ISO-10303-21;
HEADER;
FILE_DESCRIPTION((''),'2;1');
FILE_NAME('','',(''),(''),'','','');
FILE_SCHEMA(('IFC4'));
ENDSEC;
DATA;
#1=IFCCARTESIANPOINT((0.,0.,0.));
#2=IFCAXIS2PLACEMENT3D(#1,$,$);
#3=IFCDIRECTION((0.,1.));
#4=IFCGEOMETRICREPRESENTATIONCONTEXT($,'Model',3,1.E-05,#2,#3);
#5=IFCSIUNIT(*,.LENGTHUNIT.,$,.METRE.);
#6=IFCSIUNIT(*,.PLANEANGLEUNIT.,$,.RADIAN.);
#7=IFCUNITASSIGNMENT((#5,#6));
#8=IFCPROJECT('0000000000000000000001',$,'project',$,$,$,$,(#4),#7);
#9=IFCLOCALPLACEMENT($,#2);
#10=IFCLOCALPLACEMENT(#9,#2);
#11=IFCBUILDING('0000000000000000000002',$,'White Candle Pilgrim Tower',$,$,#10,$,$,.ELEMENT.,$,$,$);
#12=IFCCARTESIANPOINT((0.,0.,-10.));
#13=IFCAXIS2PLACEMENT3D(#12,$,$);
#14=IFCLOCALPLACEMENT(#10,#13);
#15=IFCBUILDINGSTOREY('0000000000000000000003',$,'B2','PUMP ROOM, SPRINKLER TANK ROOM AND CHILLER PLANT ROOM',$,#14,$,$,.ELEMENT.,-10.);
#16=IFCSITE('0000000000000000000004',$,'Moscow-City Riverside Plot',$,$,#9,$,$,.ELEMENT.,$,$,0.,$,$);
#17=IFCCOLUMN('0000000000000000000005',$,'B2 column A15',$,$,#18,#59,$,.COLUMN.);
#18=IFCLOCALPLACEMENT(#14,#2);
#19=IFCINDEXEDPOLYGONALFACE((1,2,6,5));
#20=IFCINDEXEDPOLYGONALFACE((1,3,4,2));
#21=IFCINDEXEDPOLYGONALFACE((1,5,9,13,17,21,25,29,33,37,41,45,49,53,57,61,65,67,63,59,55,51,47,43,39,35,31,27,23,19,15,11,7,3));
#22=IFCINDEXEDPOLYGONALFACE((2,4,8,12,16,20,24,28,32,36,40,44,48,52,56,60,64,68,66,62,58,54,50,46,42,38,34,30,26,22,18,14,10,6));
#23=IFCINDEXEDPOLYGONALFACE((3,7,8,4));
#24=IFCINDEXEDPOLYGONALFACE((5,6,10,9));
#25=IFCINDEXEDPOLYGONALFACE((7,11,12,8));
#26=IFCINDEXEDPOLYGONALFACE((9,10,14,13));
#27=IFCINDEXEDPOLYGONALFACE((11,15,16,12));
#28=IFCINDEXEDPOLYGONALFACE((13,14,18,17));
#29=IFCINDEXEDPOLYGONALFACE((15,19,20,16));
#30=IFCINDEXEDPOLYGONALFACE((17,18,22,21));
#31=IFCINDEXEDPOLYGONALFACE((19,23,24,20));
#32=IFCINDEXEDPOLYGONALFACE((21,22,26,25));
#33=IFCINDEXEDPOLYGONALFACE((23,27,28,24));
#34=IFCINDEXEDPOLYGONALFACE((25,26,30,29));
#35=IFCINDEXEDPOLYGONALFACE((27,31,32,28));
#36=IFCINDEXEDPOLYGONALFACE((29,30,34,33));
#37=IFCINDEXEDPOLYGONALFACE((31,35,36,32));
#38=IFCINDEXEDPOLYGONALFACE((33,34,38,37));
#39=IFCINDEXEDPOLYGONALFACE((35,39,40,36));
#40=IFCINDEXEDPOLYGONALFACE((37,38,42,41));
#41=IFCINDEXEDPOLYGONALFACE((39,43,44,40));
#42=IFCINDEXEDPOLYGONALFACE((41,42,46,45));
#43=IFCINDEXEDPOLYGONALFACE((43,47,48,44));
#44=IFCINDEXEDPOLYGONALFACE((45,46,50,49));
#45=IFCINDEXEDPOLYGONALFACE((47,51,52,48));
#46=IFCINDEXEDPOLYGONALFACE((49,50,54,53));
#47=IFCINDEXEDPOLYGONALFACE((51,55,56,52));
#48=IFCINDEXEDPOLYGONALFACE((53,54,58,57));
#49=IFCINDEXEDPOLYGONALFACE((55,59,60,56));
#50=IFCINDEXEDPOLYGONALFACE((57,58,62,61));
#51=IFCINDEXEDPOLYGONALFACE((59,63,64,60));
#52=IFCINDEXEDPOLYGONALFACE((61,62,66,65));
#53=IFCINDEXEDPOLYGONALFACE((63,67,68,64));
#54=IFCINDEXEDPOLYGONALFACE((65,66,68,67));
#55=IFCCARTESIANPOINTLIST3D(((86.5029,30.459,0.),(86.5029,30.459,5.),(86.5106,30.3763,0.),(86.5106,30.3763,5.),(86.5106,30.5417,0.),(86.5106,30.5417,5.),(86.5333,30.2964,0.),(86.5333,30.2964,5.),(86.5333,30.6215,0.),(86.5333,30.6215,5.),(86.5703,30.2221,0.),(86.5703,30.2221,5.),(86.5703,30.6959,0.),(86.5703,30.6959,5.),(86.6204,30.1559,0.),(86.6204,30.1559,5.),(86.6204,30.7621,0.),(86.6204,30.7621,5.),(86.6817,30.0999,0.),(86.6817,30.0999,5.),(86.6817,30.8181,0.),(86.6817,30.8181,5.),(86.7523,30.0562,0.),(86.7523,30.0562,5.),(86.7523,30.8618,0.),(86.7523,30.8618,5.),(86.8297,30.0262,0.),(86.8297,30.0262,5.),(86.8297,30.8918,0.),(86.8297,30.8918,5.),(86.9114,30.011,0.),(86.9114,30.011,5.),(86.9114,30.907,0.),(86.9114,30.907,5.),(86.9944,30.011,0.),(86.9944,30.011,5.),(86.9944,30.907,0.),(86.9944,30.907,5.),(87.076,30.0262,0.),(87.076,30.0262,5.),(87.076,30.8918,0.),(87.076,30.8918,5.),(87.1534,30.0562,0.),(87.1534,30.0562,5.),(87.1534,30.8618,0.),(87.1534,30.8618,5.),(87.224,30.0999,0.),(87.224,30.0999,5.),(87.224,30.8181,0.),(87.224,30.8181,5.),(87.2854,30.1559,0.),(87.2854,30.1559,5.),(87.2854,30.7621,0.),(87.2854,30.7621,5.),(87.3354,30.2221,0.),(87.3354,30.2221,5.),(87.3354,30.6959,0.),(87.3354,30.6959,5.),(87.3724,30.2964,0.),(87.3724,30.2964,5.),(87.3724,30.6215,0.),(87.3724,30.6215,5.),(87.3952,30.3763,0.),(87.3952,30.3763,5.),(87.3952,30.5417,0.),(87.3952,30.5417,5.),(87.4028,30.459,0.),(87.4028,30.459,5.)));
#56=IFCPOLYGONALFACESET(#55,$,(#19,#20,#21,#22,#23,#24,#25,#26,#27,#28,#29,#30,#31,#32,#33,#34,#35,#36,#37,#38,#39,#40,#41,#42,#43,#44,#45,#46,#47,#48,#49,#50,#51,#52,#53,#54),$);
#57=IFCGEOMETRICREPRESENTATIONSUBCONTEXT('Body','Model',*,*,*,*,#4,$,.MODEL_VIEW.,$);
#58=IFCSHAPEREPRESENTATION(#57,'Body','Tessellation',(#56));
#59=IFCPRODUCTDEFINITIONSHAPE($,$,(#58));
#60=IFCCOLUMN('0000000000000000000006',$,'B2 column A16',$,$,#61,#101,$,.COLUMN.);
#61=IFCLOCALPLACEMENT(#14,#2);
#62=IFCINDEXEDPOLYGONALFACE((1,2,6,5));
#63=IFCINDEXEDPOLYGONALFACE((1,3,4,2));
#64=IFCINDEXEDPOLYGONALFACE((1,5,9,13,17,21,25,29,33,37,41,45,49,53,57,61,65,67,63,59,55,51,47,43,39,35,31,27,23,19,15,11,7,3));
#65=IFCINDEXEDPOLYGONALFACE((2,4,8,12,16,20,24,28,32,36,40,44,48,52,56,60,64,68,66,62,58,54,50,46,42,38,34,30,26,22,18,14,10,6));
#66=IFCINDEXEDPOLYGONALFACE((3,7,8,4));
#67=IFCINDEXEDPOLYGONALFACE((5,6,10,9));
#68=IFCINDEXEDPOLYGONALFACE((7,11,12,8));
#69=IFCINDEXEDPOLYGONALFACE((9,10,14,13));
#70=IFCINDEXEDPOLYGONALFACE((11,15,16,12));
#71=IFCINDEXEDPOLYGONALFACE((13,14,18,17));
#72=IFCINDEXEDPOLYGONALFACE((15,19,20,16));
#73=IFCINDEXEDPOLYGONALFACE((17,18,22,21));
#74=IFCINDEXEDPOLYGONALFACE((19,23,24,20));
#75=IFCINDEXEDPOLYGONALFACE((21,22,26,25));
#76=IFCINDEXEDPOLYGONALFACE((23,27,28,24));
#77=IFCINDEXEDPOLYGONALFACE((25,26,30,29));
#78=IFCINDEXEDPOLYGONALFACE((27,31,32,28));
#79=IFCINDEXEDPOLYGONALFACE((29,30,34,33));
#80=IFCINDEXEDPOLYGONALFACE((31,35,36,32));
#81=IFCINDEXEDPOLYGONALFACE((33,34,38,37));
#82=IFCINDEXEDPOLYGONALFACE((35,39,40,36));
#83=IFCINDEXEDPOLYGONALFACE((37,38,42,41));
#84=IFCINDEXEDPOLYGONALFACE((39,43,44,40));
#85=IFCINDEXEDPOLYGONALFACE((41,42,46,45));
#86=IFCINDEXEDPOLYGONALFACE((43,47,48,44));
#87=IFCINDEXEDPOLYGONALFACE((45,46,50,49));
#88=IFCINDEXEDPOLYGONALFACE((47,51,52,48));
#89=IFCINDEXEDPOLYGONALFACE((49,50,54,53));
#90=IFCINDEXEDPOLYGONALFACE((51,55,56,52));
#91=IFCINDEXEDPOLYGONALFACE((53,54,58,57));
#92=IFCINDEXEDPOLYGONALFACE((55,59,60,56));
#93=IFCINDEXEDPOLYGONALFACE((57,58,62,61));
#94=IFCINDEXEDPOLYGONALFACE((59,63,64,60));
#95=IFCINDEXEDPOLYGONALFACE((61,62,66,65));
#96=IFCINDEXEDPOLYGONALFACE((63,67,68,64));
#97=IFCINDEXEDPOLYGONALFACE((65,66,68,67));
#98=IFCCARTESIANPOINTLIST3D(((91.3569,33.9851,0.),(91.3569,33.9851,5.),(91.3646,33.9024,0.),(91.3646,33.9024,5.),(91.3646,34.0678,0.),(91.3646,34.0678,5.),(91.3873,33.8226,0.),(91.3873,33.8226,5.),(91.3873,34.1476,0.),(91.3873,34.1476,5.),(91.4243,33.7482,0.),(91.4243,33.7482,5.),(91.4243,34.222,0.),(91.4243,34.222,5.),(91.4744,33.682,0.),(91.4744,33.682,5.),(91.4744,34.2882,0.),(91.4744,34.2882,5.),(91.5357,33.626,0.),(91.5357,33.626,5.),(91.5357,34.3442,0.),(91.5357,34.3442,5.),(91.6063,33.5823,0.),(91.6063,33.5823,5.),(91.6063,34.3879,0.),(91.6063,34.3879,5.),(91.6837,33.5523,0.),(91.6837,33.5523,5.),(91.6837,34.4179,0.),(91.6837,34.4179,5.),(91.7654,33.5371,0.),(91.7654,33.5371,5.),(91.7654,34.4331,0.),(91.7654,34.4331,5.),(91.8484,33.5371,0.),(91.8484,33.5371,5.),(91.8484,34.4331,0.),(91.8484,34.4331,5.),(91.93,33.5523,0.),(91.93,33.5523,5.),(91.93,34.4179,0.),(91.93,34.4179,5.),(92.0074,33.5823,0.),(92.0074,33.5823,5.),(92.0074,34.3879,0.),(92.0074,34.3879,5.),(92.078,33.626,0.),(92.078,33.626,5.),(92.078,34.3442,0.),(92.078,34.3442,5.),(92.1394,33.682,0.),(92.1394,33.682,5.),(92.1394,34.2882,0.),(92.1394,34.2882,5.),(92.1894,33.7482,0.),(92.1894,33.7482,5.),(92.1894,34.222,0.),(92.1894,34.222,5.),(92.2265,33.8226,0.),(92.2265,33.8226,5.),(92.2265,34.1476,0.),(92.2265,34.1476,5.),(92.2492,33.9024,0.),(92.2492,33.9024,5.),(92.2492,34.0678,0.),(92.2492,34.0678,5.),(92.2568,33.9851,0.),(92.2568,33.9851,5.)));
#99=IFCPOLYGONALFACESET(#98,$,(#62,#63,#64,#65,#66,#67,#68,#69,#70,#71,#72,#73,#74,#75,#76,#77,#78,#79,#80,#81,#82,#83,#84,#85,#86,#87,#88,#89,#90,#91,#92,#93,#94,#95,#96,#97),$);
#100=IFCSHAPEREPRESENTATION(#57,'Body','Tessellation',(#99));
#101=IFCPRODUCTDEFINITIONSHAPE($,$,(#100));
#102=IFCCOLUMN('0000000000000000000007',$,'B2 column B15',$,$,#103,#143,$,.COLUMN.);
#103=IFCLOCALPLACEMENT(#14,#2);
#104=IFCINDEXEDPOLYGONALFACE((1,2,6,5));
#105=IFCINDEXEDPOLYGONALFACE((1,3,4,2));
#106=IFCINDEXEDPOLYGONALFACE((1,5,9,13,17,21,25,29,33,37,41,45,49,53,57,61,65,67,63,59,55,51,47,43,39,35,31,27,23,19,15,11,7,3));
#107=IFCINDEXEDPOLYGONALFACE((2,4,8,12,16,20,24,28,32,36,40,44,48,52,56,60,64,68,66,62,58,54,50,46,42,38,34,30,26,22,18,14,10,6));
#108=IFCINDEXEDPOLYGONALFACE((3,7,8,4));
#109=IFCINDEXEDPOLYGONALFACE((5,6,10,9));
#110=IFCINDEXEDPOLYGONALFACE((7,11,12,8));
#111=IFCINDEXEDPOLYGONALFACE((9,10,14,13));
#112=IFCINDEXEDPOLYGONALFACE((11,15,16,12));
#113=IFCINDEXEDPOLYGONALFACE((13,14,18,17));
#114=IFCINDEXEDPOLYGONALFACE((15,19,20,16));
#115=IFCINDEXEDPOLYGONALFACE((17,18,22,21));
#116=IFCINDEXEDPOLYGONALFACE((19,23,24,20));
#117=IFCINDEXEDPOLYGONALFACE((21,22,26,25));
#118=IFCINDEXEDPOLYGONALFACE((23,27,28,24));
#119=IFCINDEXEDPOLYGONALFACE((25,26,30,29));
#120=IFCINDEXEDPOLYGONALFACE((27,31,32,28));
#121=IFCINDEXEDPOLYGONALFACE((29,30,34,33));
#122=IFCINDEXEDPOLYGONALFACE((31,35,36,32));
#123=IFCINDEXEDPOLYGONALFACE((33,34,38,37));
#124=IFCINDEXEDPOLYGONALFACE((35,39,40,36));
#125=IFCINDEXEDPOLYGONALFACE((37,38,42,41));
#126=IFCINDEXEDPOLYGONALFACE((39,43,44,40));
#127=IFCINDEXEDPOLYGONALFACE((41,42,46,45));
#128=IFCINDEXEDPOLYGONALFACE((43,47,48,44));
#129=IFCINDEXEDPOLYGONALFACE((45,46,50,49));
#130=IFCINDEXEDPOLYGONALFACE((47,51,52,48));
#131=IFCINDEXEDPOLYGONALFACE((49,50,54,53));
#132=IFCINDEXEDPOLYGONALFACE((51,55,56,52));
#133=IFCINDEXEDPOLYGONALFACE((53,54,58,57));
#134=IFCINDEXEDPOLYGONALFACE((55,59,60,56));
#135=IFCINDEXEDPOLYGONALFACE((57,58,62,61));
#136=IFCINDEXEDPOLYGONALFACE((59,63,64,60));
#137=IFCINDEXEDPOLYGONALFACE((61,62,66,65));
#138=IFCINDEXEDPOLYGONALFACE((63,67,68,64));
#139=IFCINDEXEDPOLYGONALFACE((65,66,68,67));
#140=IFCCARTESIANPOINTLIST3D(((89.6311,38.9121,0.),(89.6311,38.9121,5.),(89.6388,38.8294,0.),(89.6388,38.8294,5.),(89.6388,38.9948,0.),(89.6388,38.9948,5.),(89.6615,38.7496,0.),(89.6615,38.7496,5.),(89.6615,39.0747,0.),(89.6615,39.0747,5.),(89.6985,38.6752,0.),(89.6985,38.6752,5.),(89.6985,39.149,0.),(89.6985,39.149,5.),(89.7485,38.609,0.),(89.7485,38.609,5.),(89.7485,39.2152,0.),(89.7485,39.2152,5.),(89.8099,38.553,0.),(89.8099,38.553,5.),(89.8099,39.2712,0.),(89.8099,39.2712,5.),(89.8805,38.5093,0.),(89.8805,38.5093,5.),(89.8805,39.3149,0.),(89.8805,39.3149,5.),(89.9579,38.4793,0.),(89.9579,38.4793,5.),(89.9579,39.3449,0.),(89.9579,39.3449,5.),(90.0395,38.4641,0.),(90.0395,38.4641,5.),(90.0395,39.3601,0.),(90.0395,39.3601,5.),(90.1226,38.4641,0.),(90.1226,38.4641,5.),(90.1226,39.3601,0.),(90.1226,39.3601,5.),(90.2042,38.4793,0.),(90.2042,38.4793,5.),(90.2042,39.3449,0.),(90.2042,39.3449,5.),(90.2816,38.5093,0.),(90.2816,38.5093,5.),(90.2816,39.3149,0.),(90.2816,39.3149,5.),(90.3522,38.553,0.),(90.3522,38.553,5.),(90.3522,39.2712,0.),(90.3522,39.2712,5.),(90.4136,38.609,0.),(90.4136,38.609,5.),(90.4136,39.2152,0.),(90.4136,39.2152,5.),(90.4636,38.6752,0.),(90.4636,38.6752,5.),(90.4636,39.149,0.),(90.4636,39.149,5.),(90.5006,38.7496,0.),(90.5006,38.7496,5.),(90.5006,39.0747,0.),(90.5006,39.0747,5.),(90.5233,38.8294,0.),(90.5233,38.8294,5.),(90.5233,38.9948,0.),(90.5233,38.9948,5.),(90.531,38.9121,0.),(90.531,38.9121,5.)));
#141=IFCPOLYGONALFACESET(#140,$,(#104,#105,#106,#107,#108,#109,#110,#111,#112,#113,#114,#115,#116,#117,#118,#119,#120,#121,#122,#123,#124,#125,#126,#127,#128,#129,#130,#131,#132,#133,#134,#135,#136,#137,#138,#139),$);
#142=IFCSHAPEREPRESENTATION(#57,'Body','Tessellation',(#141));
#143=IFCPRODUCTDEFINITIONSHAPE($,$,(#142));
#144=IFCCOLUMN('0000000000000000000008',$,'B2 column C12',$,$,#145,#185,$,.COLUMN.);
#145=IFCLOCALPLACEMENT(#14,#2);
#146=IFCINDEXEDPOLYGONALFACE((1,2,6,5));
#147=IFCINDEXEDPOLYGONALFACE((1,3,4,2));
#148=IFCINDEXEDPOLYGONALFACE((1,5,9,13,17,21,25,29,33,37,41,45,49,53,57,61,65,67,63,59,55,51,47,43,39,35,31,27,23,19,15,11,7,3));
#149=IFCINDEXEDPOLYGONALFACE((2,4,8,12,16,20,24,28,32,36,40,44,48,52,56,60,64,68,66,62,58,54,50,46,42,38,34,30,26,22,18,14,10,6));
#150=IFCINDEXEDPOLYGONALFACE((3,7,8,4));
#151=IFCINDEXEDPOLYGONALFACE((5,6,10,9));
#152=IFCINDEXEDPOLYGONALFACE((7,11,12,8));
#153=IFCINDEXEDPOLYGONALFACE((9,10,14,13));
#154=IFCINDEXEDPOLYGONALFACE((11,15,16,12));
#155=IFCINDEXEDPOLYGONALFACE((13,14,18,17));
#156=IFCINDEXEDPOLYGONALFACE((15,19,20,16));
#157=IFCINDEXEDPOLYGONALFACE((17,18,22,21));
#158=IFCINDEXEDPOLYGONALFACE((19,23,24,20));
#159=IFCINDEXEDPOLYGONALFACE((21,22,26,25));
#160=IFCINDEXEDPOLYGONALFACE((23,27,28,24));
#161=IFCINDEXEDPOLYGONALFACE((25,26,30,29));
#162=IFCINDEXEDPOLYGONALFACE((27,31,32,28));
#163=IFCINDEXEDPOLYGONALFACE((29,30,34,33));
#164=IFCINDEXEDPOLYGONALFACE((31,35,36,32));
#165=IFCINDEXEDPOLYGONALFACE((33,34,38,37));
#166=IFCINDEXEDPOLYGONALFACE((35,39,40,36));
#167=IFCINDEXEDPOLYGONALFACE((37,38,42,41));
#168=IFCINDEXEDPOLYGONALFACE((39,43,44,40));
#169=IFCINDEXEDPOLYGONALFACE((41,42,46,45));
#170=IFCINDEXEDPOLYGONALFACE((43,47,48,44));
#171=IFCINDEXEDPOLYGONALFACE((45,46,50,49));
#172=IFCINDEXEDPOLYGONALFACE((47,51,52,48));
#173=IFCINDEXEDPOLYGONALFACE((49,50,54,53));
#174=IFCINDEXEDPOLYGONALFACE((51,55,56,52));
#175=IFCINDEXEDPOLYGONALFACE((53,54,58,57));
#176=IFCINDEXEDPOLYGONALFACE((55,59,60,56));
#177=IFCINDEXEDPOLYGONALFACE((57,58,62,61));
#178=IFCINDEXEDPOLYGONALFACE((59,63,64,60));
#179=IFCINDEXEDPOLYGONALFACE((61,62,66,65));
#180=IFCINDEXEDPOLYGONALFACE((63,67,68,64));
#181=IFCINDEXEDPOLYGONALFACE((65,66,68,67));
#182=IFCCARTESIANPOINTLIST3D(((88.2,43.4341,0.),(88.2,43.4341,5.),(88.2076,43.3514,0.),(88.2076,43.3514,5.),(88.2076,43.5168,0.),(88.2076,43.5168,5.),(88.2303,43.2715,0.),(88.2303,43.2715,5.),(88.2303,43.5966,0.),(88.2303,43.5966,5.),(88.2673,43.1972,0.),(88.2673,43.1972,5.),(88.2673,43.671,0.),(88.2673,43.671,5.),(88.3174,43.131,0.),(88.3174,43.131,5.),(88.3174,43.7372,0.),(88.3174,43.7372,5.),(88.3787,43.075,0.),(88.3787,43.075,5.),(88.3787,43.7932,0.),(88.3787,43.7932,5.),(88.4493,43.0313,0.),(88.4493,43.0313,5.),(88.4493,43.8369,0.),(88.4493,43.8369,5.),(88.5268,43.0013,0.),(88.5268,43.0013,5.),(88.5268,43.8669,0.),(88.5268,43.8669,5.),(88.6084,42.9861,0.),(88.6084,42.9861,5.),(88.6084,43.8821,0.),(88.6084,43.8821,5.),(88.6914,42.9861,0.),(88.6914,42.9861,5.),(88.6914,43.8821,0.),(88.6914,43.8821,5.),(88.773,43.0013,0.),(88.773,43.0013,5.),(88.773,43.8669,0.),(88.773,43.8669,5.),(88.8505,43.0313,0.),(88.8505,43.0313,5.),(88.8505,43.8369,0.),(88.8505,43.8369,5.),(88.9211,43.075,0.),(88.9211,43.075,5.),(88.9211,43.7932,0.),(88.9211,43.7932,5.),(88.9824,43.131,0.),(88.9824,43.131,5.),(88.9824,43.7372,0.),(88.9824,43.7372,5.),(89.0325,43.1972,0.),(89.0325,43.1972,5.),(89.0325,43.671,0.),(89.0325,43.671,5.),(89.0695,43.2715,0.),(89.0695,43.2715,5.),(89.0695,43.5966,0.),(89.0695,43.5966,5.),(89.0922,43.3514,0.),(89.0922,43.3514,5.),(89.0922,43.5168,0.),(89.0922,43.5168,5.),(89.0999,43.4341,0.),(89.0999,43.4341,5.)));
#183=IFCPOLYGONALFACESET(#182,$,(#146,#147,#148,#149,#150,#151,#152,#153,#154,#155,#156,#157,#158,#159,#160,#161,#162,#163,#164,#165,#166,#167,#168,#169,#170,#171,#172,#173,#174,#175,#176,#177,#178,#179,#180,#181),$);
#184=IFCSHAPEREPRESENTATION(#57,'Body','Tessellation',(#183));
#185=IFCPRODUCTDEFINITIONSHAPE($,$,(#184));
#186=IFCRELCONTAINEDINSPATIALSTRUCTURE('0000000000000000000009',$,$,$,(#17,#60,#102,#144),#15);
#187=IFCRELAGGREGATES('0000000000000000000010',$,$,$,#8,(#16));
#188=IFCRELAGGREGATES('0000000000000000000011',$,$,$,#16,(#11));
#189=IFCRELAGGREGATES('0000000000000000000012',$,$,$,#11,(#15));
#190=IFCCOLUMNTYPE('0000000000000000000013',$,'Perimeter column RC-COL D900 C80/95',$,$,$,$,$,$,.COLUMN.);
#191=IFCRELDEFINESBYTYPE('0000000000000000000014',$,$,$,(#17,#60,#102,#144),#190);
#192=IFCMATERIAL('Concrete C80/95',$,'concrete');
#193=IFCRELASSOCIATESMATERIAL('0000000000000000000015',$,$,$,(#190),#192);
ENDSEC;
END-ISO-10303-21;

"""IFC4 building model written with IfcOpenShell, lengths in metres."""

from ifc_helpers import new_model, si_unit, direction, frame, origin, origin_2d, place, context, subcontext, project, spatial, circle, extrude, material, material_profile, profile_set, type_object, element, save


model = new_model("IFC4")

# Units and contexts
model_context = context("Model", 3, precision=1e-05, world=origin(), true_north=direction((0.0, 1.0)))
body_context = subcontext(model_context, "Body", "Model", "MODEL_VIEW")
ifc_project = project(units=[si_unit("LENGTHUNIT", "METRE"), si_unit("PLANEANGLEUNIT", "RADIAN")], contexts=[model_context])

# Site, building, storey
site_placement = place(None, origin())
site = spatial("IfcSite", under=ifc_project, at=site_placement, Name="Moscow-City Riverside Plot", CompositionType="ELEMENT", RefElevation=0.0)
building_placement = place(site_placement, origin())
building = spatial("IfcBuilding", under=site, at=building_placement, Name="White Candle Pilgrim Tower", CompositionType="ELEMENT")
storey_placement = place(building_placement, frame((0.0, 0.0, -10.0)))
storey = spatial("IfcBuildingStorey", under=building, at=storey_placement, Name="B2", Description="PUMP ROOM, SPRINKLER TANK ROOM AND CHILLER PLANT ROOM", CompositionType="ELEMENT", Elevation=-10.0)

# Columns
ifc_material_1 = material(Name="Concrete C80/95", Category="concrete")
ifc_material_profile_1 = material_profile(ifc_material_1, circle(Radius=0.45, at=origin_2d()), Name="RC-COL D900")
ifc_profile_set_1 = profile_set([ifc_material_profile_1], Name="Concrete C80/95")
column_type = type_object("IfcColumnType", Name="Perimeter column RC-COL D900 C80/95", PredefinedType="COLUMN", material=ifc_profile_set_1)
for number, where, z_axis, x_axis, name in (
    (1, (86.9529, 30.459, 0.0), (0.0, 0.0, 1.0), (1.0, 0.0, 0.0), "B2 column A15"),
    (2, (91.8069, 33.9851, 0.0), (0.0, 0.0, 1.0), (1.0, 0.0, 0.0), "B2 column A16"),
    (3, (90.0811, 38.9121, 0.0), (0.0, 0.0, 1.0), (1.0, 0.0, 0.0), "B2 column B15"),
    (4, (88.6499, 43.4341, 0.0), (0.0, 0.0, 1.0), (1.0, 0.0, 0.0), "B2 column C12"),
):
    element("IfcColumn", number, at=place(storey_placement, frame(where, z_axis=z_axis, x_axis=x_axis)), inside=storey, type_object=column_type, Name=name, PredefinedType="COLUMN", context=body_context, shape_type="SweptSolid", body=[
        extrude(circle(Radius=0.45, at=origin_2d()), origin(), (0.0, 0.0, 1.0), 5.0),
    ])

save(model, "model.ifc")
